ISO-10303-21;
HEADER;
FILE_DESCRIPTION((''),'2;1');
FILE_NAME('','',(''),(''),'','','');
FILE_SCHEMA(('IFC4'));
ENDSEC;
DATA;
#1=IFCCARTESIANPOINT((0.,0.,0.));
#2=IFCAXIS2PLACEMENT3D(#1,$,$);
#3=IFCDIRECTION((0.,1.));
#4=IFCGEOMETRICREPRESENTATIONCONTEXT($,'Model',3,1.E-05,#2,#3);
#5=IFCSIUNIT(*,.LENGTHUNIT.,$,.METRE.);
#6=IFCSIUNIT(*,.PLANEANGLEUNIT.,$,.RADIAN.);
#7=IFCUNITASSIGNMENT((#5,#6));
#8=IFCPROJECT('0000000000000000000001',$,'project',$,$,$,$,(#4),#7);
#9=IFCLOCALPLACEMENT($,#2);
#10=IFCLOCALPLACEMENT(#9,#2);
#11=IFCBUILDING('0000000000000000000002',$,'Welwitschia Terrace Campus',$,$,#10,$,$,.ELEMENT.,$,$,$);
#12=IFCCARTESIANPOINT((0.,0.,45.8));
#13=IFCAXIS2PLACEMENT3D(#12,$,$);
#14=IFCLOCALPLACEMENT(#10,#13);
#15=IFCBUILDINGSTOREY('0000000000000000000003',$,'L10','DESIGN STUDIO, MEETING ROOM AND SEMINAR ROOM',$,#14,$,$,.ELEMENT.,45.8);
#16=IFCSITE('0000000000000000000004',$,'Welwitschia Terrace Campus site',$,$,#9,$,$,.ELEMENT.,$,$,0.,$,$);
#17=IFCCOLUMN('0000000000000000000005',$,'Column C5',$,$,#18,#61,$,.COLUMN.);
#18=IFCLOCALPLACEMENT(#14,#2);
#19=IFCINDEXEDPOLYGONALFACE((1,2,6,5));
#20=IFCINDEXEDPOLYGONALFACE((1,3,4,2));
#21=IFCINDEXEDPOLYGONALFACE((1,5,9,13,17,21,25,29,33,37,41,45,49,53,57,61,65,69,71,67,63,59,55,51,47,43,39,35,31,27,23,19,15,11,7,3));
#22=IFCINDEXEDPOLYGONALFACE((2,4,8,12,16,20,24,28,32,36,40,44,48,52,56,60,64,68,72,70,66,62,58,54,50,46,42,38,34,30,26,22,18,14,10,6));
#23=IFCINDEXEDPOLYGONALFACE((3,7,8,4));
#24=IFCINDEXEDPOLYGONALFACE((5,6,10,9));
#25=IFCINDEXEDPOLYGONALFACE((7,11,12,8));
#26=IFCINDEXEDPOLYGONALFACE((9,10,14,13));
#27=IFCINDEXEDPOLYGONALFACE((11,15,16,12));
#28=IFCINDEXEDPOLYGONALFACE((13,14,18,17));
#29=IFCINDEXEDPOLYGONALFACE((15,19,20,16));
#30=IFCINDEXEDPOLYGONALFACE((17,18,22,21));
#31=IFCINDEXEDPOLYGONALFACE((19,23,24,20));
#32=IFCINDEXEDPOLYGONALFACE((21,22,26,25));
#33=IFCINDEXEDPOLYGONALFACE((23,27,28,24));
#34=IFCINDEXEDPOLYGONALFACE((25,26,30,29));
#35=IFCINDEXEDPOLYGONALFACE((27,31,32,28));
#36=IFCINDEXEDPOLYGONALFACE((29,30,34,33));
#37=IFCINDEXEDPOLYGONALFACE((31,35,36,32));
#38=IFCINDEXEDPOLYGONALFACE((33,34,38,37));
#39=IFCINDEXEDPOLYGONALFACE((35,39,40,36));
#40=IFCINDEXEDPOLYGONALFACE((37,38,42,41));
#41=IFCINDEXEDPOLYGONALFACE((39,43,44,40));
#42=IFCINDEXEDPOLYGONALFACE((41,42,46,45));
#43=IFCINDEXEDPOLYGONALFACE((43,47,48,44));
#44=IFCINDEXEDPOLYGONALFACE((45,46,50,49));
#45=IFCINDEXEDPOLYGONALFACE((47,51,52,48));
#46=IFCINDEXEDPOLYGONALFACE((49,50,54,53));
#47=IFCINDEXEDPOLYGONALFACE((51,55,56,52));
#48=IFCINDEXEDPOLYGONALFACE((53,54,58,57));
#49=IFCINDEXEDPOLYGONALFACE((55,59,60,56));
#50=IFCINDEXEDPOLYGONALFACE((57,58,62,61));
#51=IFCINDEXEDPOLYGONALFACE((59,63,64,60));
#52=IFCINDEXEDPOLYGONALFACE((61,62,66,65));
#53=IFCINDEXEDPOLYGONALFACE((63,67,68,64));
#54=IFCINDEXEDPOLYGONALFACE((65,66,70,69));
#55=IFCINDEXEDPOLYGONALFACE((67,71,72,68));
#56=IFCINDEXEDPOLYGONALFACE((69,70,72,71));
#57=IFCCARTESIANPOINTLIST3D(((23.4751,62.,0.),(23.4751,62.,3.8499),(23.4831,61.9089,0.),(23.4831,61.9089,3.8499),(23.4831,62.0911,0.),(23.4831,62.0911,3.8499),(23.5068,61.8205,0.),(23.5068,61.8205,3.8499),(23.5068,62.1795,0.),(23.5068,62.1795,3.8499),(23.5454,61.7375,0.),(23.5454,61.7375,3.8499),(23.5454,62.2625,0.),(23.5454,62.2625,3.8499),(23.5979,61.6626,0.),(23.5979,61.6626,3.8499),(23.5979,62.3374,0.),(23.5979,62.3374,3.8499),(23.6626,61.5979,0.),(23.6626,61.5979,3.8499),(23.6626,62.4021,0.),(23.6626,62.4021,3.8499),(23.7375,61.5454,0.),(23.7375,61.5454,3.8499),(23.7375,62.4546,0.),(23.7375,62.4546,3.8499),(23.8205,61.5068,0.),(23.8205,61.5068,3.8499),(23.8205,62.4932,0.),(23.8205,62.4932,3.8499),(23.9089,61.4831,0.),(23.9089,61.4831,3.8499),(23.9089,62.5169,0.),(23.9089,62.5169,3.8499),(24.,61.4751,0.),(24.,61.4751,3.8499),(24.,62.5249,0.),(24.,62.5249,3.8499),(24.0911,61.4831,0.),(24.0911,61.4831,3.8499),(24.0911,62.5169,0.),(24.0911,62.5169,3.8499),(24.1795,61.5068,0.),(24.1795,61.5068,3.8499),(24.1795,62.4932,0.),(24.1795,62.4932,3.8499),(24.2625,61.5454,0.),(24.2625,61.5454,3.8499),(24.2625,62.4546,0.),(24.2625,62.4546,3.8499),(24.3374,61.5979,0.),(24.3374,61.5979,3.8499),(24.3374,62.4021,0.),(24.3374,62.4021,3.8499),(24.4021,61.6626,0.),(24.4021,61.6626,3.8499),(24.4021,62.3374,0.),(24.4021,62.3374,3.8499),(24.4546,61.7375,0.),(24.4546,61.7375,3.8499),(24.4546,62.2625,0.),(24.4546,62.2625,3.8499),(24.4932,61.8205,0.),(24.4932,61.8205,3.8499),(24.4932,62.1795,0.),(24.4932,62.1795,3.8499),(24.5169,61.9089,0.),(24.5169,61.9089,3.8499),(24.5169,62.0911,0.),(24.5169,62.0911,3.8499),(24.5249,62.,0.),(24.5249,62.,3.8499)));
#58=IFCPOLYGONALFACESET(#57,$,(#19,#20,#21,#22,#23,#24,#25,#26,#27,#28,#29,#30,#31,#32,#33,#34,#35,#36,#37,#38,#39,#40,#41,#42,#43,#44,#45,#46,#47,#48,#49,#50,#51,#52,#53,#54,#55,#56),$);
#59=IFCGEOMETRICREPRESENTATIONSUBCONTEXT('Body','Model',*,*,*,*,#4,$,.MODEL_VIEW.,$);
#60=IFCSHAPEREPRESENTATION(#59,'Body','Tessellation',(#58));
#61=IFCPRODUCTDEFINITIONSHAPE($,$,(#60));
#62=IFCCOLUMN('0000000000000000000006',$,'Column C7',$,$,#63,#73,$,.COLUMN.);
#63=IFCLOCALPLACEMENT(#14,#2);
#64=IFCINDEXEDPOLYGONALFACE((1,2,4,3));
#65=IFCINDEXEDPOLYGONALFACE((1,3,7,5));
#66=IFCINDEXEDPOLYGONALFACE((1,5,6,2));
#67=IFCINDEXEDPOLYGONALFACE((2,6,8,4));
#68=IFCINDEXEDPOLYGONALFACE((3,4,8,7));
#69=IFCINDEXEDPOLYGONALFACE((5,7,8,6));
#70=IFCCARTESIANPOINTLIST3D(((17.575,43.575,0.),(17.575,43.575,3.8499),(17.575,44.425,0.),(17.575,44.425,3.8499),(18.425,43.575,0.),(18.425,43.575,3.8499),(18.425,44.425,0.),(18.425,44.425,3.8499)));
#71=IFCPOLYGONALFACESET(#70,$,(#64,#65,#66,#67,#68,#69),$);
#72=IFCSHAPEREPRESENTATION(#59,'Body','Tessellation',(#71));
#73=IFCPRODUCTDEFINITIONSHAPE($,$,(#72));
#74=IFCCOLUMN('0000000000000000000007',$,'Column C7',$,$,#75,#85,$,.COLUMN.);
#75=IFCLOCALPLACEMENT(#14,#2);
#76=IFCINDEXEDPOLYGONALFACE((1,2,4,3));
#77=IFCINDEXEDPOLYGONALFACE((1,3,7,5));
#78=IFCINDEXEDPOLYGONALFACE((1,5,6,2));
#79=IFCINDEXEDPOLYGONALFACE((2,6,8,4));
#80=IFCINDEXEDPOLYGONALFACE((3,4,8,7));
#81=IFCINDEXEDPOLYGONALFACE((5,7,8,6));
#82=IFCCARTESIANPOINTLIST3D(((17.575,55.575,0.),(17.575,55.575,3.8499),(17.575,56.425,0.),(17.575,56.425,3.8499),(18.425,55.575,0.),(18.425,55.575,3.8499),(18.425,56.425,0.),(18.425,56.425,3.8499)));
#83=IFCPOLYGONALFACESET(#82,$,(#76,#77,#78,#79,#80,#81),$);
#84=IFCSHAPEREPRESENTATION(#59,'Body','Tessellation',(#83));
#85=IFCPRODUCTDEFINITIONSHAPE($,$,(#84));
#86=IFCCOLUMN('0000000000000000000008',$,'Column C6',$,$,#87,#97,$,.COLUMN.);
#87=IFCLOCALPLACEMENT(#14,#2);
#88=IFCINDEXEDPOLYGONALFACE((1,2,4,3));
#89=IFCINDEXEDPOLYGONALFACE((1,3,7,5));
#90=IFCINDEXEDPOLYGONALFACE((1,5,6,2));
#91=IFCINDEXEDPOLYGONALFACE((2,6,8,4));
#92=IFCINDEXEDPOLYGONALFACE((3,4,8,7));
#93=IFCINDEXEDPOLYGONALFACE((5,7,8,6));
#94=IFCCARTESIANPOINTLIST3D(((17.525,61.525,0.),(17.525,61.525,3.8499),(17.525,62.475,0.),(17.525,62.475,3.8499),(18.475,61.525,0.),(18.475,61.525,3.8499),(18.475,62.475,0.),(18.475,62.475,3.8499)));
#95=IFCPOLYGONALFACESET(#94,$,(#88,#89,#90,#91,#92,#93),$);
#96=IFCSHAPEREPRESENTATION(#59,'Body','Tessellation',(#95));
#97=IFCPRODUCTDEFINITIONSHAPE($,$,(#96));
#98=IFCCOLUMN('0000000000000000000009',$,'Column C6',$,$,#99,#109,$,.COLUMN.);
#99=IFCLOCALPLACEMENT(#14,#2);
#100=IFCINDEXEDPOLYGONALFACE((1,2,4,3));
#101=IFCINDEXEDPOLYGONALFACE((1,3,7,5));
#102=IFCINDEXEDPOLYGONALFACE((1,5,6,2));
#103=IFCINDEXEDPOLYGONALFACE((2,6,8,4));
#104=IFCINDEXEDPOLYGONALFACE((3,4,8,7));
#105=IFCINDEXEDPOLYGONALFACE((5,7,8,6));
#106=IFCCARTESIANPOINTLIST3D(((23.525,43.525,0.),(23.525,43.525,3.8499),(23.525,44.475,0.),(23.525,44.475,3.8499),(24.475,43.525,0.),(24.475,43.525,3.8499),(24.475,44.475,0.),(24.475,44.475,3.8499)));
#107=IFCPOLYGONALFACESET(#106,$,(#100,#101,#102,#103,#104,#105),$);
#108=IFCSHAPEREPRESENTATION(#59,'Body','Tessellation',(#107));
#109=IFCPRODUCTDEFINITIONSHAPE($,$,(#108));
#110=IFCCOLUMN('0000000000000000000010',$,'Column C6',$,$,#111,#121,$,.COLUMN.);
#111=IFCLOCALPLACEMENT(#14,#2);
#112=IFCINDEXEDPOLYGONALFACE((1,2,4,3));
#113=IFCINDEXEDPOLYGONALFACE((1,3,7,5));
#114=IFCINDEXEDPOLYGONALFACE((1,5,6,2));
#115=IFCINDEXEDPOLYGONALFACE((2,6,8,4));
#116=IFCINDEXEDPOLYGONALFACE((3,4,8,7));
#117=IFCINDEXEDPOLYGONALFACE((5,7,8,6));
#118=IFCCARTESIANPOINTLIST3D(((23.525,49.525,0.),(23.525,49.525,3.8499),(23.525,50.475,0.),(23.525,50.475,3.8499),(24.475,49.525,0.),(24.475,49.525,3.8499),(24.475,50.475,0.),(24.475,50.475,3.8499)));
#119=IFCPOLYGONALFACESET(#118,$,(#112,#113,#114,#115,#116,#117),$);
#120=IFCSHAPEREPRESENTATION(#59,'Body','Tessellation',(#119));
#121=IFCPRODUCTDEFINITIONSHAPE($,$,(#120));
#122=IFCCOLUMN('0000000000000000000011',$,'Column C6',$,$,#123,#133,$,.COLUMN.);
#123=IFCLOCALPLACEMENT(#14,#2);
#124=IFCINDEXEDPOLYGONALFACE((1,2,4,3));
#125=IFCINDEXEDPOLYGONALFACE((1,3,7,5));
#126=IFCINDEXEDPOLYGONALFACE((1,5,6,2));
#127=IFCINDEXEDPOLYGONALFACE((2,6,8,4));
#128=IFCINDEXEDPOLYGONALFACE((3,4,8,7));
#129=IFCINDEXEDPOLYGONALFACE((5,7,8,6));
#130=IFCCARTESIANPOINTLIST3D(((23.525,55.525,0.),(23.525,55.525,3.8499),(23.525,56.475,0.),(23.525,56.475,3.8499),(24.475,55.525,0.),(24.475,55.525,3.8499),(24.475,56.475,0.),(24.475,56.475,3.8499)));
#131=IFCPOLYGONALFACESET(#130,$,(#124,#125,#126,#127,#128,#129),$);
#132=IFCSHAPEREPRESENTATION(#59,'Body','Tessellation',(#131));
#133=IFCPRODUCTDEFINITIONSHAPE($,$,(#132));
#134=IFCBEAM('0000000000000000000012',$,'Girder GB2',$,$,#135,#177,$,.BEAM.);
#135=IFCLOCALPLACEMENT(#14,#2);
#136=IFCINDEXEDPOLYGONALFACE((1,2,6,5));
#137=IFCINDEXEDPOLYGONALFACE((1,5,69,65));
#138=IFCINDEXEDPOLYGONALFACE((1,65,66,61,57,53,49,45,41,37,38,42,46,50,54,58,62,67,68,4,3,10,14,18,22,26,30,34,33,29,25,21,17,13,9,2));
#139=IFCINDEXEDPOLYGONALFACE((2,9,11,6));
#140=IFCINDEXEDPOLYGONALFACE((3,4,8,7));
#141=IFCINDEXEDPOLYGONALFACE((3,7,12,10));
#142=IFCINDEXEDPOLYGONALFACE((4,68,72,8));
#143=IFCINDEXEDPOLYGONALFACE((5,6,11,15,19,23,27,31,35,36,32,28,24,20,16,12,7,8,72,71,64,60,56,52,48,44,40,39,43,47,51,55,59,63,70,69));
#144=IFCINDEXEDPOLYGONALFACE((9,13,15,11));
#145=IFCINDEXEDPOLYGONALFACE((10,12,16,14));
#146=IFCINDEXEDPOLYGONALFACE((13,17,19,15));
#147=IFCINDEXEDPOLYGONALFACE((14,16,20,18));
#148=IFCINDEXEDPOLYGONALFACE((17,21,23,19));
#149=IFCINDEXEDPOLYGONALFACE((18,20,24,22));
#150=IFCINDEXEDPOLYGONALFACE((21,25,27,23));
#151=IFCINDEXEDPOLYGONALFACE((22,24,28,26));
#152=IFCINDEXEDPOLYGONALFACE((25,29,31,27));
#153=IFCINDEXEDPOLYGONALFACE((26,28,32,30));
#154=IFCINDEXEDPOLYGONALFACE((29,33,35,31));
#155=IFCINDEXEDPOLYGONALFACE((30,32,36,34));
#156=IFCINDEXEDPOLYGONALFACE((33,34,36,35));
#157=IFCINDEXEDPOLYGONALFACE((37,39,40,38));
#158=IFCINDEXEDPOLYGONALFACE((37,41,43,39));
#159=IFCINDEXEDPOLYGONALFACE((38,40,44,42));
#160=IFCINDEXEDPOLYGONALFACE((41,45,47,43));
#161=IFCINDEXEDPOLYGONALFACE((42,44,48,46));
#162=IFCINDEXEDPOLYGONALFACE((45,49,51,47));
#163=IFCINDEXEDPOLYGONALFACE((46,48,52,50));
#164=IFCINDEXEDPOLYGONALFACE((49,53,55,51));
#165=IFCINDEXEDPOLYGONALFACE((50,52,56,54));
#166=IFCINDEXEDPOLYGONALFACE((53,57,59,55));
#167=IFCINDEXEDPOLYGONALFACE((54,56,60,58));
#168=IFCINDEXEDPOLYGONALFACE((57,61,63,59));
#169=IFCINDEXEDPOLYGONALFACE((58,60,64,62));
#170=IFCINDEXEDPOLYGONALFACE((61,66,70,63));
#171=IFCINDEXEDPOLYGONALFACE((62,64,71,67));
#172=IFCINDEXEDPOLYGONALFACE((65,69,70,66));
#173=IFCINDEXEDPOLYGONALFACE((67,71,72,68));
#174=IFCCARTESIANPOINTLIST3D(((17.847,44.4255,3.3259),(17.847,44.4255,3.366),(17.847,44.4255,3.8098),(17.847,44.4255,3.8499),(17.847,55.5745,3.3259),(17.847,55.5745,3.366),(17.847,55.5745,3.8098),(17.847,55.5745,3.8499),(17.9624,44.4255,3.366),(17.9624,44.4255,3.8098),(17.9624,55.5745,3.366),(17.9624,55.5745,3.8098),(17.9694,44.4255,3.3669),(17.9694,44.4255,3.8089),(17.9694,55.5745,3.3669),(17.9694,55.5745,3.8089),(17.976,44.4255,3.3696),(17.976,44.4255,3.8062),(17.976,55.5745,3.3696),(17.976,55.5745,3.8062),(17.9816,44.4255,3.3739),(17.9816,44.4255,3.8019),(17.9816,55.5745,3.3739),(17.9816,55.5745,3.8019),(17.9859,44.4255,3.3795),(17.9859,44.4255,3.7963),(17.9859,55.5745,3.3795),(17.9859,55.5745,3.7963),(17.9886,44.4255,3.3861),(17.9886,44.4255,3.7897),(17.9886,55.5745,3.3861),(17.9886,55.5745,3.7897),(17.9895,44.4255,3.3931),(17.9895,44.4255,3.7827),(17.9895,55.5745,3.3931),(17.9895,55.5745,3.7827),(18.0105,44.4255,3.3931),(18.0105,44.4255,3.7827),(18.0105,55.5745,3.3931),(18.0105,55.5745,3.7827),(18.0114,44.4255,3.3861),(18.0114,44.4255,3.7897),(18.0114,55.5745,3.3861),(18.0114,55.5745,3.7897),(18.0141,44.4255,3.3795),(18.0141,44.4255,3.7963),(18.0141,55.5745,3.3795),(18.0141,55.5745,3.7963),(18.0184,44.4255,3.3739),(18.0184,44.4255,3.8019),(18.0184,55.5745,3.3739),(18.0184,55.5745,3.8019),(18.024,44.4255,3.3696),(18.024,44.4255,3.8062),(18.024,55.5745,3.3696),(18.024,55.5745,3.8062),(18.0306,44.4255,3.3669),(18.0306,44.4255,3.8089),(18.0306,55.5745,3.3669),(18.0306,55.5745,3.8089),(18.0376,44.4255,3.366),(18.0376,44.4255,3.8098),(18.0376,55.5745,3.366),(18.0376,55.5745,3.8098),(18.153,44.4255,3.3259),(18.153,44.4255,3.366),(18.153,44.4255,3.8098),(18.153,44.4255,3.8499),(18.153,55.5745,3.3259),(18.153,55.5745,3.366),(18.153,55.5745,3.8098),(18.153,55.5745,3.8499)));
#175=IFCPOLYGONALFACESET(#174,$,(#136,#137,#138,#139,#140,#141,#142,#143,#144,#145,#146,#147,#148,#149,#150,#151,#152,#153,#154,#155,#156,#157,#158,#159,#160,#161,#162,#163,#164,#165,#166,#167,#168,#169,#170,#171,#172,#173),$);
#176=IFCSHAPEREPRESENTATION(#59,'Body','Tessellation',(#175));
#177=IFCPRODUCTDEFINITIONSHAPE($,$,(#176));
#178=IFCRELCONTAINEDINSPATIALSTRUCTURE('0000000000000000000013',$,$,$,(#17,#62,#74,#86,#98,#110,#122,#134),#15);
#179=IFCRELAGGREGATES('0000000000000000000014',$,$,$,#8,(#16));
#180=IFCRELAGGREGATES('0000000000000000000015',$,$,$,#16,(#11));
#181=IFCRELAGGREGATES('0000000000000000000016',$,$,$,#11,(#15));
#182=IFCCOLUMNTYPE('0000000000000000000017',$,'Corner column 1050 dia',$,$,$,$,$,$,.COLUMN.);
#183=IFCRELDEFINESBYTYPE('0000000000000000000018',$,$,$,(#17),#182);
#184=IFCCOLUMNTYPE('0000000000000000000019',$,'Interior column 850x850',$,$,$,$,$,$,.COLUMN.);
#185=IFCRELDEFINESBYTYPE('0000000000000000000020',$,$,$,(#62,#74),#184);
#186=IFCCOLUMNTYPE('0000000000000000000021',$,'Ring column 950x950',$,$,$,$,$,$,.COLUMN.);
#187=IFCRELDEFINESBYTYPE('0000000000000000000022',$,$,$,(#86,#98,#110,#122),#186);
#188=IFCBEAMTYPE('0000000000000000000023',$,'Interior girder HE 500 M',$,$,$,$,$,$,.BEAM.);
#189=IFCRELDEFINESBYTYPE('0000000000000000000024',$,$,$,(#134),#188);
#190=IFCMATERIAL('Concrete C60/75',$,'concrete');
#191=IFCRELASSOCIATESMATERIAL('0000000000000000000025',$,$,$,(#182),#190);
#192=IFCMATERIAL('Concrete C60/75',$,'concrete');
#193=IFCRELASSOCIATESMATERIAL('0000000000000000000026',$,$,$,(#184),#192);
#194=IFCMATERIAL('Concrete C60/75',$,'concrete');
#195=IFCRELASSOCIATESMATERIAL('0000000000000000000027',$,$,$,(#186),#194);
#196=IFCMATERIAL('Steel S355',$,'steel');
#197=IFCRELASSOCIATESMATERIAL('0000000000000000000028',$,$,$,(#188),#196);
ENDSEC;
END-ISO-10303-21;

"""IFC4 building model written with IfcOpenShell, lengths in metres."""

from ifc_helpers import new_model, si_unit, direction, frame, origin, origin_2d, place, context, subcontext, project, spatial, rectangle, circle, i_section, extrude, material, material_profile, profile_set, type_object, element, save


model = new_model("IFC4")

# Units and contexts
model_context = context("Model", 3, precision=1e-05, world=origin(), true_north=direction((0.0, 1.0)))
body_context = subcontext(model_context, "Body", "Model", "MODEL_VIEW")
ifc_project = project(units=[si_unit("LENGTHUNIT", "METRE"), si_unit("PLANEANGLEUNIT", "RADIAN")], contexts=[model_context])

# Site, building, storey
site_placement = place(None, origin())
site = spatial("IfcSite", under=ifc_project, at=site_placement, Name="Welwitschia Terrace Campus site", CompositionType="ELEMENT", RefElevation=0.0)
building_placement = place(site_placement, origin())
building = spatial("IfcBuilding", under=site, at=building_placement, Name="Welwitschia Terrace Campus", CompositionType="ELEMENT")
storey_placement = place(building_placement, frame((0.0, 0.0, 45.8)))
storey = spatial("IfcBuildingStorey", under=building, at=storey_placement, Name="L10", Description="DESIGN STUDIO, MEETING ROOM AND SEMINAR ROOM", CompositionType="ELEMENT", Elevation=45.8)

# Columns
ifc_material_1 = material(Name="Concrete C60/75", Category="concrete")
ifc_material_profile_1 = material_profile(ifc_material_1, circle(Radius=0.5249, at=origin_2d()))
ifc_profile_set_1 = profile_set([ifc_material_profile_1], Name="Concrete C60/75")
column_type_1 = type_object("IfcColumnType", Name="Corner column 1050 dia", PredefinedType="COLUMN", material=ifc_profile_set_1)
column_placement = place(storey_placement, frame((24.0, 62.0, 0.0), z_axis=(0.0, 0.0, 1.0), x_axis=(1.0, 0.0, 0.0)))
element("IfcColumn", 1, at=column_placement, inside=storey, type_object=column_type_1, Name="Column C5", PredefinedType="COLUMN", context=body_context, shape_type="SweptSolid", body=[
    extrude(circle(Radius=0.5249, at=origin_2d()), origin(), (0.0, 0.0, 1.0), 3.8499),
])
ifc_material_2 = material(Name="Concrete C60/75", Category="concrete")
ifc_material_profile_2 = material_profile(ifc_material_2, rectangle(XDim=0.8501, YDim=0.8501, at=origin_2d()))
ifc_profile_set_2 = profile_set([ifc_material_profile_2], Name="Concrete C60/75")
column_type_2 = type_object("IfcColumnType", Name="Interior column 850x850", PredefinedType="COLUMN", material=ifc_profile_set_2)
for number, where, z_axis, x_axis, name in (
    (2, (18.0, 44.0, 0.0), (0.0, 0.0, 1.0), (1.0, 0.0, 0.0), "Column C7"),
    (3, (18.0, 56.0, 0.0), (0.0, 0.0, 1.0), (1.0, 0.0, 0.0), "Column C7"),
):
    element("IfcColumn", number, at=place(storey_placement, frame(where, z_axis=z_axis, x_axis=x_axis)), inside=storey, type_object=column_type_2, Name=name, PredefinedType="COLUMN", context=body_context, shape_type="SweptSolid", body=[
        extrude(rectangle(XDim=0.8501, YDim=0.8501, at=origin_2d()), origin(), (0.0, 0.0, 1.0), 3.8499),
    ])
ifc_material_3 = material(Name="Concrete C60/75", Category="concrete")
ifc_material_profile_3 = material_profile(ifc_material_3, rectangle(XDim=0.95, YDim=0.95, at=origin_2d()))
ifc_profile_set_3 = profile_set([ifc_material_profile_3], Name="Concrete C60/75")
column_type_3 = type_object("IfcColumnType", Name="Ring column 950x950", PredefinedType="COLUMN", material=ifc_profile_set_3)
for number, where, z_axis, x_axis, name in (
    (4, (18.0, 62.0, 0.0), (0.0, 0.0, 1.0), (1.0, 0.0, 0.0), "Column C6"),
    (5, (24.0, 44.0, 0.0), (0.0, 0.0, 1.0), (1.0, 0.0, 0.0), "Column C6"),
    (6, (24.0, 50.0, 0.0), (0.0, 0.0, 1.0), (1.0, 0.0, 0.0), "Column C6"),
    (7, (24.0, 56.0, 0.0), (0.0, 0.0, 1.0), (1.0, 0.0, 0.0), "Column C6"),
):
    element("IfcColumn", number, at=place(storey_placement, frame(where, z_axis=z_axis, x_axis=x_axis)), inside=storey, type_object=column_type_3, Name=name, PredefinedType="COLUMN", context=body_context, shape_type="SweptSolid", body=[
        extrude(rectangle(XDim=0.95, YDim=0.95, at=origin_2d()), origin(), (0.0, 0.0, 1.0), 3.8499),
    ])

# Beam
ifc_material_4 = material(Name="Steel S355", Category="steel")
ifc_material_profile_4 = material_profile(ifc_material_4, i_section(OverallWidth=0.3059, OverallDepth=0.5239, WebThickness=0.021, FlangeThickness=0.04, FilletRadius=0.0271, at=origin_2d()))
ifc_profile_set_4 = profile_set([ifc_material_profile_4], Name="Steel S355")
beam_type_1 = type_object("IfcBeamType", Name="Interior girder HE 500 M", PredefinedType="BEAM", material=ifc_profile_set_4)
beam_1_placement = place(storey_placement, frame((18.0, 44.4255, 3.5879), z_axis=(0.0, 1.0, 0.0), x_axis=(-1.0, 0.0, 0.0)))
element("IfcBeam", 8, at=beam_1_placement, inside=storey, type_object=beam_type_1, Name="Girder GB2", PredefinedType="BEAM", context=body_context, shape_type="SweptSolid", body=[
    extrude(i_section(OverallWidth=0.3059, OverallDepth=0.5239, WebThickness=0.021, FlangeThickness=0.04, FilletRadius=0.0271, at=origin_2d()), origin(), (0.0, 0.0, 1.0), 11.1489),
])

save(model, "model.ifc")
